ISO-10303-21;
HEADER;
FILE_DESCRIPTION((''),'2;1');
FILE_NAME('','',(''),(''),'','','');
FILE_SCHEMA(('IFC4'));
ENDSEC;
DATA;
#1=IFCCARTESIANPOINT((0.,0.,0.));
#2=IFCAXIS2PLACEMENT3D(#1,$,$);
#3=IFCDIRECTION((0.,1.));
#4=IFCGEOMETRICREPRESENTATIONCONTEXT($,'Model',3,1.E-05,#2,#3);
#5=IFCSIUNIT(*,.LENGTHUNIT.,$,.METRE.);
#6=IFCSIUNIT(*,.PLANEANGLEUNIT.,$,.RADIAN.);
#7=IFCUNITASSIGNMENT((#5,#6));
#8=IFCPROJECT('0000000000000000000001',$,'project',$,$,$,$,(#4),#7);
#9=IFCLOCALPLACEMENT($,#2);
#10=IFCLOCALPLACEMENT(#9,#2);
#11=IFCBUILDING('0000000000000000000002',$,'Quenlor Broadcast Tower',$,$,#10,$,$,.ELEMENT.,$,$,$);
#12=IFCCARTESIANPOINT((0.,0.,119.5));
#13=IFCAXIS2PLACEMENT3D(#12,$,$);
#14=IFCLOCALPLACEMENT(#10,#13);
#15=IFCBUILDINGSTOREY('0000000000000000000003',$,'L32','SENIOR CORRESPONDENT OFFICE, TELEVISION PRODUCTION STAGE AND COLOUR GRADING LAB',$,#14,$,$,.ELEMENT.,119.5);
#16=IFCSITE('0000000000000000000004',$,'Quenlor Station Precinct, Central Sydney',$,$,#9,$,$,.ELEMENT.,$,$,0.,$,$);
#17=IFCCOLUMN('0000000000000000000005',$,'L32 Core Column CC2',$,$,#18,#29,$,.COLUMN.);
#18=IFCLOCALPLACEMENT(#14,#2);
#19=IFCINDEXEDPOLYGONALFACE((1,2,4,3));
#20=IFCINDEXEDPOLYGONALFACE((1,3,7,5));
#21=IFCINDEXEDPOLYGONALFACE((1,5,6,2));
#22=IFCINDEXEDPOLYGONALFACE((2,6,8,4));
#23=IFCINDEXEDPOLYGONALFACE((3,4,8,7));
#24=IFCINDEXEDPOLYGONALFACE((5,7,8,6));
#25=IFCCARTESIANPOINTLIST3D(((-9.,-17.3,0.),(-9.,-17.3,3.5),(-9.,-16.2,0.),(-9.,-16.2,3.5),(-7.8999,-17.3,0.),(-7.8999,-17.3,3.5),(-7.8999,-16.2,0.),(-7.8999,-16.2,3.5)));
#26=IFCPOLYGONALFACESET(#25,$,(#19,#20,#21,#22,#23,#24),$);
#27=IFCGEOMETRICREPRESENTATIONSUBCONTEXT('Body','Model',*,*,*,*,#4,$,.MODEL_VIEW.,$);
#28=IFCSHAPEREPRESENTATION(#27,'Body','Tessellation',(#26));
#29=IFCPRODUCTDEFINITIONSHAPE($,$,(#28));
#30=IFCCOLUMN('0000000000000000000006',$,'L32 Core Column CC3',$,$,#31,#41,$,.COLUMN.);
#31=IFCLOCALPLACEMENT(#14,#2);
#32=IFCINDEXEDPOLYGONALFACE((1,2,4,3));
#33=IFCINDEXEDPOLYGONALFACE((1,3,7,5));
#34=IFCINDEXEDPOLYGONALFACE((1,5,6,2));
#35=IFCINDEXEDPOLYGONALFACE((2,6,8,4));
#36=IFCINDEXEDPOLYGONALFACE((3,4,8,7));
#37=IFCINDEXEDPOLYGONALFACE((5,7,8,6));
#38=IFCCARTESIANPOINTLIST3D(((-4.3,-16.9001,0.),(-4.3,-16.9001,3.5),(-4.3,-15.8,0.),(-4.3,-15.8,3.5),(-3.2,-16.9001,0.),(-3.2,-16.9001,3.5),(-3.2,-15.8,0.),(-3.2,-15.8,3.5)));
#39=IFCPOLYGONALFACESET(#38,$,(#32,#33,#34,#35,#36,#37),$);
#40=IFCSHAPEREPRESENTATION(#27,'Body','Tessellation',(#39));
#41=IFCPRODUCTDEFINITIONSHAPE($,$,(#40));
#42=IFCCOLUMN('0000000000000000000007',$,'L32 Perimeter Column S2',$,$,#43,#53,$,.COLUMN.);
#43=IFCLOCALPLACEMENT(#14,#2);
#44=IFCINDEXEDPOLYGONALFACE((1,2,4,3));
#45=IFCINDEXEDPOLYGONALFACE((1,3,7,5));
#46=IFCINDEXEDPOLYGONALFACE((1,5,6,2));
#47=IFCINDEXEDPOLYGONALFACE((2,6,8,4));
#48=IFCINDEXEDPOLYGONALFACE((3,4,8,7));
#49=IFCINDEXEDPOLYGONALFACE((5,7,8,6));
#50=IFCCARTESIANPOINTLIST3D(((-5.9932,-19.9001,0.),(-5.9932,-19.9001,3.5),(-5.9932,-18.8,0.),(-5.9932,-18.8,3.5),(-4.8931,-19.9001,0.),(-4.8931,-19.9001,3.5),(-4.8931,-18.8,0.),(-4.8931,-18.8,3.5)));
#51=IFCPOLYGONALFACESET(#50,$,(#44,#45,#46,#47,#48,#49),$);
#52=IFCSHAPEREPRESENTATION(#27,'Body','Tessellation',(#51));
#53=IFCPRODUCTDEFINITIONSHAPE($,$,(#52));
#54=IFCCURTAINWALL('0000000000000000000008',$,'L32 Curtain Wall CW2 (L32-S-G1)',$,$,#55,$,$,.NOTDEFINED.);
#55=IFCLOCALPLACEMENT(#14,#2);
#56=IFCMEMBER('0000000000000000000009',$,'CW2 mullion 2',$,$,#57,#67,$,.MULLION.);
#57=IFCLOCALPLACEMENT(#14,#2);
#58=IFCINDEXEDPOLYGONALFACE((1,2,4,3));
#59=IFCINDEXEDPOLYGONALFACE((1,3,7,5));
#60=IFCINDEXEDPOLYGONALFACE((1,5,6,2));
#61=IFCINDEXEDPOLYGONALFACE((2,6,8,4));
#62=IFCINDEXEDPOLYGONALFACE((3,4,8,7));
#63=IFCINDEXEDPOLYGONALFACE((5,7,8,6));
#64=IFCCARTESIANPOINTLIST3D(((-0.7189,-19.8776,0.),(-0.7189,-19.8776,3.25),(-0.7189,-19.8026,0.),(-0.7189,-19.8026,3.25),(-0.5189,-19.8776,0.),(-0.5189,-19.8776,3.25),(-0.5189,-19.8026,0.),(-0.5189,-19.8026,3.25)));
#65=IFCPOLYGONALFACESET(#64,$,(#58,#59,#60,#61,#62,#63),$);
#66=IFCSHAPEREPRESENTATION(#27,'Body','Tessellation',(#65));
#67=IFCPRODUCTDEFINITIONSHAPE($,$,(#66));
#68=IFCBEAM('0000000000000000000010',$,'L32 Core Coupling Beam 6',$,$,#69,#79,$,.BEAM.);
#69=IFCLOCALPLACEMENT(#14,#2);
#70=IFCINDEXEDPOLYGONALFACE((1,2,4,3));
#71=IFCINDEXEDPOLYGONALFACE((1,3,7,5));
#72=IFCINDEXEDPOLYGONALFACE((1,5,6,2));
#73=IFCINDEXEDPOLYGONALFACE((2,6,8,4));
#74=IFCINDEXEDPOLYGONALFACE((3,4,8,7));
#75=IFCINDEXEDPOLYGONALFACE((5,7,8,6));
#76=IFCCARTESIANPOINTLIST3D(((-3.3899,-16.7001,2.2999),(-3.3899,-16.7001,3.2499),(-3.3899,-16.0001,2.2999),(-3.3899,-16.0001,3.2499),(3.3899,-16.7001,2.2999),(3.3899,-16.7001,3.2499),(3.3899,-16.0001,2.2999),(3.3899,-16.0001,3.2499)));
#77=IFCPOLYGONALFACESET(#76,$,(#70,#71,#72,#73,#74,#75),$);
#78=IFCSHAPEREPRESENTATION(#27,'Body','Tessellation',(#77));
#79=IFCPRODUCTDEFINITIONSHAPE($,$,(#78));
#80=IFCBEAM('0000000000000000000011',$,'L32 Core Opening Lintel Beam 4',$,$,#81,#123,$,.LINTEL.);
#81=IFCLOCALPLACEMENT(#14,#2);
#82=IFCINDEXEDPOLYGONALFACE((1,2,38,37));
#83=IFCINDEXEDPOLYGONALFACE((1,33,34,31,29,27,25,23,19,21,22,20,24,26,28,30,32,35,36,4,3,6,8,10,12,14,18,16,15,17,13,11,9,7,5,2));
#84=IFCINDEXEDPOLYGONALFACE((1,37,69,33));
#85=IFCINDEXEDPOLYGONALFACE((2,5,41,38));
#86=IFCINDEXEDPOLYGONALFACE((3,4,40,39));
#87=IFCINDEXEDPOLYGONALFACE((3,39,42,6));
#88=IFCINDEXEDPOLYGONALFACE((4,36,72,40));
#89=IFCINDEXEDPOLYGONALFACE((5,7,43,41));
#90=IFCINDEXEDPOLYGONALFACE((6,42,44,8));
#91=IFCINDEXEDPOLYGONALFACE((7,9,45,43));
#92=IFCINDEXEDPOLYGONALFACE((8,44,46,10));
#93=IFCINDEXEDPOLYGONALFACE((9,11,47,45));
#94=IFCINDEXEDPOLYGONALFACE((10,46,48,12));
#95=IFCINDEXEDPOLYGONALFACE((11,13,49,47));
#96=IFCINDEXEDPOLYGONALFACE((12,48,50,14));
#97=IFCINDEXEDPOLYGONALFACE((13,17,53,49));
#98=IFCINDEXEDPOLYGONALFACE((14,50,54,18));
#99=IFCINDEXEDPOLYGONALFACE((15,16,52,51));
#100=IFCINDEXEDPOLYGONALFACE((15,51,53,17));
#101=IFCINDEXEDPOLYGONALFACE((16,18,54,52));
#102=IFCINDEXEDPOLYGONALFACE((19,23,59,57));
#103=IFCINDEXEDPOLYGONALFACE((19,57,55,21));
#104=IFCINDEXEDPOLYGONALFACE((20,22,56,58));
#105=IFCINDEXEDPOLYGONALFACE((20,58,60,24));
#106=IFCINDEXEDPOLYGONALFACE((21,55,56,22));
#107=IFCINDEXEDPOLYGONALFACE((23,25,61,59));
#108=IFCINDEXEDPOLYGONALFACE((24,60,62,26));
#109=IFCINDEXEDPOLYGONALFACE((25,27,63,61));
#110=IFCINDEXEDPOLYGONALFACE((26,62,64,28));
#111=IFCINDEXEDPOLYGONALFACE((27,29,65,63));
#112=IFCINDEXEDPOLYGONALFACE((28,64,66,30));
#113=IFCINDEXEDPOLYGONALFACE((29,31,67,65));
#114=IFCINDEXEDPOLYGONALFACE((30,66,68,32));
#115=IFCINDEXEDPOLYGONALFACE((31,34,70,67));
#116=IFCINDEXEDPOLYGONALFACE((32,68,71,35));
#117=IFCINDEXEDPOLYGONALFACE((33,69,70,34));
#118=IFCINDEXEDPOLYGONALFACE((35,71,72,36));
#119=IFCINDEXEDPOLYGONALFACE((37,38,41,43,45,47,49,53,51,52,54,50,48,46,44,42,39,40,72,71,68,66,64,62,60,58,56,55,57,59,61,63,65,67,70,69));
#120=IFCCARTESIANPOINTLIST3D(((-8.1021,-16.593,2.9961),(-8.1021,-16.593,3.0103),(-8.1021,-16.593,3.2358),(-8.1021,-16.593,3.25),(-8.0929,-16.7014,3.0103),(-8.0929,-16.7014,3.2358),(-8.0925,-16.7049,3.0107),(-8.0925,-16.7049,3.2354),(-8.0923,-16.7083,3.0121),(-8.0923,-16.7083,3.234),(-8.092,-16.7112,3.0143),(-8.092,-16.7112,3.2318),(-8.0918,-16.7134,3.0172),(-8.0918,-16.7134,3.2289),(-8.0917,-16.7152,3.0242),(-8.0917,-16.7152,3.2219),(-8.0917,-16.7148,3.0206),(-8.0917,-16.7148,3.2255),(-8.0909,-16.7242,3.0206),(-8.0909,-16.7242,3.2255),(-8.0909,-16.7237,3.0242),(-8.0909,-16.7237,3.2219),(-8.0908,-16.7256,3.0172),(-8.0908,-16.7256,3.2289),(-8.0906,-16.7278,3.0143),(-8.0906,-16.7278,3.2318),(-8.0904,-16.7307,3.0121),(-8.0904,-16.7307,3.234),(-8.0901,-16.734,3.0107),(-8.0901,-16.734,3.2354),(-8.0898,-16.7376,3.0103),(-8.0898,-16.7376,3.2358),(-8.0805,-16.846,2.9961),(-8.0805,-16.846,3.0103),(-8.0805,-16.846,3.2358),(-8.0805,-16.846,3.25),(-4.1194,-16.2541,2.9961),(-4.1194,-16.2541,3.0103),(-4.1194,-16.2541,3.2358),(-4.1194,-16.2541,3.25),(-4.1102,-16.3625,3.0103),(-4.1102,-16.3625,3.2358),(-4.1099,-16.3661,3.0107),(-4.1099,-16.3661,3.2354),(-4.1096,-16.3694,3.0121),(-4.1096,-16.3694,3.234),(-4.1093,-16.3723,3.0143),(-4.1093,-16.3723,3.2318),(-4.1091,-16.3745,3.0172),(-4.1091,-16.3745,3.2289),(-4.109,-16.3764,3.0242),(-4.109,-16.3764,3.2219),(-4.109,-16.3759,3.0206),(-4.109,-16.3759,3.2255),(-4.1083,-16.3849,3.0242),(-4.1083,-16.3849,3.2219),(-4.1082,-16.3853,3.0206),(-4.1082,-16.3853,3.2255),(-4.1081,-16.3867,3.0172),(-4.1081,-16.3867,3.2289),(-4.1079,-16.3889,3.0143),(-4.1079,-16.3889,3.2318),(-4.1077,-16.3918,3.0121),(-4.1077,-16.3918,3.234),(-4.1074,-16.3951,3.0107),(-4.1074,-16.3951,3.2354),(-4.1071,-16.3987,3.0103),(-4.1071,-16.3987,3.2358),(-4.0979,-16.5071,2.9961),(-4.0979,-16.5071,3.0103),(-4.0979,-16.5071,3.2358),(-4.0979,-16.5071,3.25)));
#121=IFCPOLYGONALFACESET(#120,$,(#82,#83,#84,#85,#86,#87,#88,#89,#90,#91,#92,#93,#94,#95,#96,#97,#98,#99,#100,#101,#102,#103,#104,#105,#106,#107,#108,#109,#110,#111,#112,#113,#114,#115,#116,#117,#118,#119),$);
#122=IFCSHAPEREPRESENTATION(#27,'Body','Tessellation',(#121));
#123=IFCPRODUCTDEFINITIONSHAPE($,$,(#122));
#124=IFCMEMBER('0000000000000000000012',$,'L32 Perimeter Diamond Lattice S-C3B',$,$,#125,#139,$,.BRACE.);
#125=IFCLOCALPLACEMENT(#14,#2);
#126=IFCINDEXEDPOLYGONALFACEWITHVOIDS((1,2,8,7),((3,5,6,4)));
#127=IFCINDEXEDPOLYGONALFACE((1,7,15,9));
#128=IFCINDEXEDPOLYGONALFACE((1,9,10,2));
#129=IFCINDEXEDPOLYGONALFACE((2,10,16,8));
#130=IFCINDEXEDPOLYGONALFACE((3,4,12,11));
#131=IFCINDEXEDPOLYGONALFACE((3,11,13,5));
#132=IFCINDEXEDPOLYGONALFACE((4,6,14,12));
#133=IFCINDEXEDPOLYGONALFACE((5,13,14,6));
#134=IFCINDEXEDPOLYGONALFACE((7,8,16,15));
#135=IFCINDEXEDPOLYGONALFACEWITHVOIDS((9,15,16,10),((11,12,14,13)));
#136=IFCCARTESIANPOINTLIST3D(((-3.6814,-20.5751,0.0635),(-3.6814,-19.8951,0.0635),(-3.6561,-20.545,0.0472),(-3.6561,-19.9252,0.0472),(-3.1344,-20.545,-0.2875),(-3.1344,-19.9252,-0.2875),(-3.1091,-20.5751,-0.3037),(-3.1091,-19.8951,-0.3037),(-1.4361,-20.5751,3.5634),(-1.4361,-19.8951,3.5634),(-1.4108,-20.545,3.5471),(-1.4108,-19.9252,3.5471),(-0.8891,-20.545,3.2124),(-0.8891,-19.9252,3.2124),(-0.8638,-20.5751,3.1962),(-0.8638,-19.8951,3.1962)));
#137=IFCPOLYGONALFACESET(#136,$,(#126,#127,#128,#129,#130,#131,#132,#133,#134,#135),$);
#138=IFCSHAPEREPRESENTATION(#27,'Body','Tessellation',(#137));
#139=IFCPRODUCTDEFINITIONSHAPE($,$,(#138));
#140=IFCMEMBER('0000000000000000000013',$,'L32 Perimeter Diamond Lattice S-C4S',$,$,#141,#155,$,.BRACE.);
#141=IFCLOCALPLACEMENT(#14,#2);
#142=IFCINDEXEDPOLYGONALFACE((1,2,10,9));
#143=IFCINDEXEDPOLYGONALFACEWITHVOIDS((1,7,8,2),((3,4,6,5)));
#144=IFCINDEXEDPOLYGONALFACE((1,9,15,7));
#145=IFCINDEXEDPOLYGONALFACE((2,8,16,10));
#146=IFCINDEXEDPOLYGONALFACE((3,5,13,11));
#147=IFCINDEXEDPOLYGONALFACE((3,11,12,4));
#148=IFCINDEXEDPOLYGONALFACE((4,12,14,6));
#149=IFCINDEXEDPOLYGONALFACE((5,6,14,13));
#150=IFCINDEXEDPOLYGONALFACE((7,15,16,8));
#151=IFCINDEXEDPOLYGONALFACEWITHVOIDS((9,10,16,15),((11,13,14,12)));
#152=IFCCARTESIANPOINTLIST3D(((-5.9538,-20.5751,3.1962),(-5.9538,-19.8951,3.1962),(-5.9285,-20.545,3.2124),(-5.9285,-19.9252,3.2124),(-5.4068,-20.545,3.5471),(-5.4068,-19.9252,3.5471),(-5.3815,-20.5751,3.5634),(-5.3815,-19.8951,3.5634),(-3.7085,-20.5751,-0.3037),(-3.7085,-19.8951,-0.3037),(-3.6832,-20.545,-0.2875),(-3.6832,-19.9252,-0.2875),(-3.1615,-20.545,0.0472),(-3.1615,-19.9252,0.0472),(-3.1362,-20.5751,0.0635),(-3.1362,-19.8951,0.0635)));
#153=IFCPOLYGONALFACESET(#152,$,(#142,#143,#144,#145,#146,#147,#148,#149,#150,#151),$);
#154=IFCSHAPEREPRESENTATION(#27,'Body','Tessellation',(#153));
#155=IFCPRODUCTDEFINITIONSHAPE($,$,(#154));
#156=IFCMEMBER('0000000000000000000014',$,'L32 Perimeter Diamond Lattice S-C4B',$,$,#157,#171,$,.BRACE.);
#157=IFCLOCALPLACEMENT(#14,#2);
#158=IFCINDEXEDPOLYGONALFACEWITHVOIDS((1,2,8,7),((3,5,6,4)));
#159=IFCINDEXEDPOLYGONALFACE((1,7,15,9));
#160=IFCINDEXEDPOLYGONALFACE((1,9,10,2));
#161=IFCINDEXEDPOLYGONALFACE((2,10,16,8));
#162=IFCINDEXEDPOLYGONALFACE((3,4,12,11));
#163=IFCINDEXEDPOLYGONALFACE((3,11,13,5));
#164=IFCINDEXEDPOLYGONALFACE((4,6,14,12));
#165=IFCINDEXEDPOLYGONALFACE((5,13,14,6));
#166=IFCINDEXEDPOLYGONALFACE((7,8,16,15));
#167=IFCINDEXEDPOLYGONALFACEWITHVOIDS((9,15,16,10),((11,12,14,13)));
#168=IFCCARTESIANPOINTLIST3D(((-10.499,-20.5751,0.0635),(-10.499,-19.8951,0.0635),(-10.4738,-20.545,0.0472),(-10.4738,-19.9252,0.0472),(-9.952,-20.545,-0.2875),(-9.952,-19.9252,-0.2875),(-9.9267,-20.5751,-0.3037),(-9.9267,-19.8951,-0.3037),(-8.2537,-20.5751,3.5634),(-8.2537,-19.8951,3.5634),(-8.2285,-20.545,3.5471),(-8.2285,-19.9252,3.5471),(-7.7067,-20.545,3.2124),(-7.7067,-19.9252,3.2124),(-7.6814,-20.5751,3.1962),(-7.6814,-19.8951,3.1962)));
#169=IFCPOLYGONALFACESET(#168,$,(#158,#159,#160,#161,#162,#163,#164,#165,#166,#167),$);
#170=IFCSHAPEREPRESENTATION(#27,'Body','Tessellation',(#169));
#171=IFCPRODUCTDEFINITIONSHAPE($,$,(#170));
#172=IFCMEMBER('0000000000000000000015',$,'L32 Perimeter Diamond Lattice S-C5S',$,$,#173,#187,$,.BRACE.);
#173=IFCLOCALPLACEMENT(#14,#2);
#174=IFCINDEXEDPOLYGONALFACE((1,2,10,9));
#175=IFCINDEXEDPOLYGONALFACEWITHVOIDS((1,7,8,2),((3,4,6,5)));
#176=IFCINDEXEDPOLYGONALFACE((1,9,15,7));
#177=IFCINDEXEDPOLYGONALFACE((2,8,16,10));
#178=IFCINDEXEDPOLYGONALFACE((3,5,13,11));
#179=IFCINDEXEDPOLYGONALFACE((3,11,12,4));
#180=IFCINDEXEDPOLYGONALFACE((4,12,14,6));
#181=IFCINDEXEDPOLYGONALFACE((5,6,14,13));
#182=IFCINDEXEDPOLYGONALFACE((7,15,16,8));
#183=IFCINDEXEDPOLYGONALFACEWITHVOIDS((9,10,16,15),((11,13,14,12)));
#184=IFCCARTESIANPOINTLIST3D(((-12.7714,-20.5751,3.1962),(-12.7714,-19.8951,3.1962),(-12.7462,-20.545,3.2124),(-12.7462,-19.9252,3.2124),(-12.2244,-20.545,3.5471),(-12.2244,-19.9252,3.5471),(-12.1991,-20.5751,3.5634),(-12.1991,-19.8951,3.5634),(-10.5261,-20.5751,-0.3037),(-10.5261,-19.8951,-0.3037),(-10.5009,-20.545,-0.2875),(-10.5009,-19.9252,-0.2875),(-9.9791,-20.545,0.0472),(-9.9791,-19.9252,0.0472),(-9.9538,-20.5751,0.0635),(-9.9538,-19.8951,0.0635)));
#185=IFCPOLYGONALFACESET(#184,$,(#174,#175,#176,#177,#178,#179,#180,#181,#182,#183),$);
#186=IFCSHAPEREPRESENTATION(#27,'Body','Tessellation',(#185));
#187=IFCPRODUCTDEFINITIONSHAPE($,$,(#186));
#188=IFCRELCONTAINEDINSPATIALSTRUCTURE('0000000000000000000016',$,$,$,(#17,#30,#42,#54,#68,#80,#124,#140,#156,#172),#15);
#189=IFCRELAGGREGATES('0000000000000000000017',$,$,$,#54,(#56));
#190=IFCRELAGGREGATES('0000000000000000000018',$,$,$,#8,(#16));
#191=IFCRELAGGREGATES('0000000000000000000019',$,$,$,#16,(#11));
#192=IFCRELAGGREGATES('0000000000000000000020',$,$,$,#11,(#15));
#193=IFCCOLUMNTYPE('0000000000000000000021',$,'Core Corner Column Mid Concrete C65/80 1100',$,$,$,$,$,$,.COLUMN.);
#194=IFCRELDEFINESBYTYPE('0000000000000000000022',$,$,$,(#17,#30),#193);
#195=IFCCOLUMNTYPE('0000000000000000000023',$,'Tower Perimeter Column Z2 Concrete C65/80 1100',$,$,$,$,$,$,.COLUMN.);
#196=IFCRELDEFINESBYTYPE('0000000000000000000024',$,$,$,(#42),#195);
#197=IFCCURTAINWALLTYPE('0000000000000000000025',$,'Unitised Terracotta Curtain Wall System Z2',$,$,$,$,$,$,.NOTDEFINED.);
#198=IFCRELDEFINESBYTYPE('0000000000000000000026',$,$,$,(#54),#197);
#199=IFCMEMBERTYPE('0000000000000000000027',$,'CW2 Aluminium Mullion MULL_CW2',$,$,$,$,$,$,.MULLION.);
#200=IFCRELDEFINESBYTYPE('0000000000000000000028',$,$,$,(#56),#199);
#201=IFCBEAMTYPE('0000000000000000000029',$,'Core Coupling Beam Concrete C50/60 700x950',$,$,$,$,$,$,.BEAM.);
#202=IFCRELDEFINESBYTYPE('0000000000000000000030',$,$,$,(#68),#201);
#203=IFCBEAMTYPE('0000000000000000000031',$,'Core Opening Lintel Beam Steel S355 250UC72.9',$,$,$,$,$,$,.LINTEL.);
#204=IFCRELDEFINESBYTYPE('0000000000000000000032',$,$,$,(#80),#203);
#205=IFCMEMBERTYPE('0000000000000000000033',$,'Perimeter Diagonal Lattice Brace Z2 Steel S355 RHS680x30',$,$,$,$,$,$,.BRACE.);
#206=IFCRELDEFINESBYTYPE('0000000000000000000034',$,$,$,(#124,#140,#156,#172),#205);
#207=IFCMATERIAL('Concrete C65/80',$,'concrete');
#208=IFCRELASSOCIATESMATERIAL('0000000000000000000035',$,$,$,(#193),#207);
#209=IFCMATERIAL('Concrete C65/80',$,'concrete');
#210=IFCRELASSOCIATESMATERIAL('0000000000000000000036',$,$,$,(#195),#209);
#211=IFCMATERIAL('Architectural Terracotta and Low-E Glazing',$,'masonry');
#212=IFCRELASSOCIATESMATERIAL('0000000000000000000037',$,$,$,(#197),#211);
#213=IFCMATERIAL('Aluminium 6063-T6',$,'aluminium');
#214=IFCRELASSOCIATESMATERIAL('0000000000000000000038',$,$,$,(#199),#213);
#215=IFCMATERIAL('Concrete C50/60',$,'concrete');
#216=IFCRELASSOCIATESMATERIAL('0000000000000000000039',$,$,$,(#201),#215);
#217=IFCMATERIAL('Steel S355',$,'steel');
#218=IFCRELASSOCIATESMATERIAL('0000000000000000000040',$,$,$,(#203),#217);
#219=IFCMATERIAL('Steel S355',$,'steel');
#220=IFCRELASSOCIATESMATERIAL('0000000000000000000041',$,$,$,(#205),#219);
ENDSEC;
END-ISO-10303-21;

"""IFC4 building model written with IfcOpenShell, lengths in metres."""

from ifc_helpers import new_model, si_unit, direction, frame, origin, origin_2d, place, context, subcontext, project, spatial, rectangle, hollow_rectangle, i_section, extrude, material, material_profile, profile_set, type_object, element, aggregate, save


model = new_model("IFC4")

# Units and contexts
model_context = context("Model", 3, precision=1e-05, world=origin(), true_north=direction((0.0, 1.0)))
body_context = subcontext(model_context, "Body", "Model", "MODEL_VIEW")
ifc_project = project(units=[si_unit("LENGTHUNIT", "METRE"), si_unit("PLANEANGLEUNIT", "RADIAN")], contexts=[model_context])

# Site, building, storey
site_placement = place(None, origin())
site = spatial("IfcSite", under=ifc_project, at=site_placement, Name="Quenlor Station Precinct, Central Sydney", CompositionType="ELEMENT", RefElevation=0.0)
building_placement = place(site_placement, origin())
building = spatial("IfcBuilding", under=site, at=building_placement, Name="Quenlor Broadcast Tower", CompositionType="ELEMENT")
storey_placement = place(building_placement, frame((0.0, 0.0, 119.5)))
storey = spatial("IfcBuildingStorey", under=building, at=storey_placement, Name="L32", Description="SENIOR CORRESPONDENT OFFICE, TELEVISION PRODUCTION STAGE AND COLOUR GRADING LAB", CompositionType="ELEMENT", Elevation=119.5)

# Columns
ifc_material_1 = material(Name="Concrete C65/80", Category="concrete")
ifc_material_profile_1 = material_profile(ifc_material_1, rectangle(XDim=1.1001, YDim=1.1001, at=origin_2d()))
ifc_profile_set_1 = profile_set([ifc_material_profile_1], Name="Concrete C65/80 RC1100x1100")
column_type_1 = type_object("IfcColumnType", Name="Core Corner Column Mid Concrete C65/80 1100", PredefinedType="COLUMN", material=ifc_profile_set_1)
for number, where, z_axis, x_axis, name in (
    (1, (-8.45, -16.75, 0.0), (0.0, 0.0, 1.0), (1.0, 0.0, 0.0), "L32 Core Column CC2"),
    (2, (-3.75, -16.3501, 0.0), (0.0, 0.0, 1.0), (1.0, 0.0, 0.0), "L32 Core Column CC3"),
):
    element("IfcColumn", number, at=place(storey_placement, frame(where, z_axis=z_axis, x_axis=x_axis)), inside=storey, type_object=column_type_1, Name=name, PredefinedType="COLUMN", context=body_context, shape_type="SweptSolid", body=[
        extrude(rectangle(XDim=1.1001, YDim=1.1001, at=origin_2d()), origin(), (0.0, 0.0, 1.0), 3.5),
    ])
ifc_material_2 = material(Name="Concrete C65/80", Category="concrete")
ifc_material_profile_2 = material_profile(ifc_material_2, rectangle(XDim=1.1001, YDim=1.1001, at=origin_2d()))
ifc_profile_set_2 = profile_set([ifc_material_profile_2], Name="Concrete C65/80 RC1100x1100")
column_type_2 = type_object("IfcColumnType", Name="Tower Perimeter Column Z2 Concrete C65/80 1100", PredefinedType="COLUMN", material=ifc_profile_set_2)
column_placement = place(storey_placement, frame((-5.4431, -19.3501, 0.0), z_axis=(0.0, 0.0, 1.0), x_axis=(0.0, 1.0, 0.0)))
element("IfcColumn", 3, at=column_placement, inside=storey, type_object=column_type_2, Name="L32 Perimeter Column S2", PredefinedType="COLUMN", context=body_context, shape_type="SweptSolid", body=[
    extrude(rectangle(XDim=1.1001, YDim=1.1001, at=origin_2d()), origin(), (0.0, 0.0, 1.0), 3.5),
])

# Curtain wall, member
ifc_material_3 = material(Name="Architectural Terracotta and Low-E Glazing", Category="masonry")
curtain_wall_type = type_object("IfcCurtainWallType", Name="Unitised Terracotta Curtain Wall System Z2", PredefinedType="NOTDEFINED", material=ifc_material_3)
curtain_wall_placement = place(storey_placement, origin())
curtain_wall = element("IfcCurtainWall", 4, at=curtain_wall_placement, inside=storey, type_object=curtain_wall_type, Name="L32 Curtain Wall CW2 (L32-S-G1)", PredefinedType="NOTDEFINED")
ifc_material_4 = material(Name="Aluminium 6063-T6", Category="aluminium")
ifc_material_profile_3 = material_profile(ifc_material_4, rectangle(XDim=0.075, YDim=0.2, at=origin_2d()))
ifc_profile_set_3 = profile_set([ifc_material_profile_3], Name="Aluminium 6063-T6 MULL75x200")
member_type_1 = type_object("IfcMemberType", Name="CW2 Aluminium Mullion MULL_CW2", PredefinedType="MULLION", material=ifc_profile_set_3)
member_placement = place(storey_placement, frame((-0.6189, -19.8401, 0.0), z_axis=(0.0, 0.0, 1.0), x_axis=(0.0, -1.0, 0.0)))
member = element("IfcMember", 5, at=member_placement, type_object=member_type_1, Name="CW2 mullion 2", PredefinedType="MULLION", context=body_context, shape_type="SweptSolid", body=[
    extrude(rectangle(XDim=0.075, YDim=0.2, at=origin_2d()), origin(), (0.0, 0.0, 1.0), 3.25),
])

# Beams
ifc_material_5 = material(Name="Concrete C50/60", Category="concrete")
ifc_material_profile_4 = material_profile(ifc_material_5, rectangle(XDim=0.7, YDim=0.95, at=origin_2d()))
ifc_profile_set_4 = profile_set([ifc_material_profile_4], Name="Concrete C50/60 RCB700x950")
beam_type_1 = type_object("IfcBeamType", Name="Core Coupling Beam Concrete C50/60 700x950", PredefinedType="BEAM", material=ifc_profile_set_4)
beam_1_placement = place(storey_placement, frame((-3.3899, -16.3501, 2.7749), z_axis=(1.0, 0.0, 0.0), x_axis=(0.0, 1.0, 0.0)))
element("IfcBeam", 6, at=beam_1_placement, inside=storey, type_object=beam_type_1, Name="L32 Core Coupling Beam 6", PredefinedType="BEAM", context=body_context, shape_type="SweptSolid", body=[
    extrude(rectangle(XDim=0.7, YDim=0.95, at=origin_2d()), origin(), (0.0, 0.0, 1.0), 6.7798),
])
ifc_material_6 = material(Name="Steel S355", Category="steel")
ifc_material_profile_5 = material_profile(ifc_material_6, i_section(OverallWidth=0.2539, OverallDepth=0.2539, WebThickness=0.0085, FlangeThickness=0.0142, FilletRadius=0.0139, at=origin_2d()))
ifc_profile_set_5 = profile_set([ifc_material_profile_5], Name="Steel S355 250UC72.9")
beam_type_2 = type_object("IfcBeamType", Name="Core Opening Lintel Beam Steel S355 250UC72.9", PredefinedType="LINTEL", material=ifc_profile_set_5)
beam_2_placement = place(storey_placement, frame((-8.0913, -16.7195, 3.123), z_axis=(0.9964, 0.084779, 0.0), x_axis=(-0.084779, 0.9964, 0.0)))
element("IfcBeam", 7, at=beam_2_placement, inside=storey, type_object=beam_type_2, Name="L32 Core Opening Lintel Beam 4", PredefinedType="LINTEL", context=body_context, shape_type="SweptSolid", body=[
    extrude(i_section(OverallWidth=0.2539, OverallDepth=0.2539, WebThickness=0.0085, FlangeThickness=0.0142, FilletRadius=0.0139, at=origin_2d()), origin(), (0.0, 0.0, 1.0), 3.9971),
])

# Members
ifc_material_7 = material(Name="Steel S355", Category="steel")
ifc_material_profile_6 = material_profile(ifc_material_7, hollow_rectangle(XDim=0.6799, YDim=0.6799, WallThickness=0.03, at=origin_2d()))
ifc_profile_set_6 = profile_set([ifc_material_profile_6], Name="Steel S355 RHS680x680x30")
member_type_2 = type_object("IfcMemberType", Name="Perimeter Diagonal Lattice Brace Z2 Steel S355 RHS680x30", PredefinedType="BRACE", material=ifc_profile_set_6)
for number, where, z_axis, x_axis, name in (
    (8, (-3.3953, -20.2351, -0.1201), (0.539968, 0.0, 0.841686), (0.0, 1.0, 0.0), "L32 Perimeter Diamond Lattice S-C3B"),
    (9, (-3.4224, -20.2351, -0.1201), (-0.539968, 0.0, 0.841686), (0.0, -1.0, 0.0), "L32 Perimeter Diamond Lattice S-C4S"),
    (10, (-10.2129, -20.2351, -0.1201), (0.539968, 0.0, 0.841686), (0.0, 1.0, 0.0), "L32 Perimeter Diamond Lattice S-C4B"),
    (11, (-10.24, -20.2351, -0.1201), (-0.539968, 0.0, 0.841686), (0.0, -1.0, 0.0), "L32 Perimeter Diamond Lattice S-C5S"),
):
    element("IfcMember", number, at=place(storey_placement, frame(where, z_axis=z_axis, x_axis=x_axis)), inside=storey, type_object=member_type_2, Name=name, PredefinedType="BRACE", context=body_context, shape_type="SweptSolid", body=[
        extrude(hollow_rectangle(XDim=0.6799, YDim=0.6799, WallThickness=0.03, at=origin_2d()), origin(), (0.0, 0.0, 1.0), 4.1582),
    ])

aggregate(curtain_wall, [member])

save(model, "model.ifc")
